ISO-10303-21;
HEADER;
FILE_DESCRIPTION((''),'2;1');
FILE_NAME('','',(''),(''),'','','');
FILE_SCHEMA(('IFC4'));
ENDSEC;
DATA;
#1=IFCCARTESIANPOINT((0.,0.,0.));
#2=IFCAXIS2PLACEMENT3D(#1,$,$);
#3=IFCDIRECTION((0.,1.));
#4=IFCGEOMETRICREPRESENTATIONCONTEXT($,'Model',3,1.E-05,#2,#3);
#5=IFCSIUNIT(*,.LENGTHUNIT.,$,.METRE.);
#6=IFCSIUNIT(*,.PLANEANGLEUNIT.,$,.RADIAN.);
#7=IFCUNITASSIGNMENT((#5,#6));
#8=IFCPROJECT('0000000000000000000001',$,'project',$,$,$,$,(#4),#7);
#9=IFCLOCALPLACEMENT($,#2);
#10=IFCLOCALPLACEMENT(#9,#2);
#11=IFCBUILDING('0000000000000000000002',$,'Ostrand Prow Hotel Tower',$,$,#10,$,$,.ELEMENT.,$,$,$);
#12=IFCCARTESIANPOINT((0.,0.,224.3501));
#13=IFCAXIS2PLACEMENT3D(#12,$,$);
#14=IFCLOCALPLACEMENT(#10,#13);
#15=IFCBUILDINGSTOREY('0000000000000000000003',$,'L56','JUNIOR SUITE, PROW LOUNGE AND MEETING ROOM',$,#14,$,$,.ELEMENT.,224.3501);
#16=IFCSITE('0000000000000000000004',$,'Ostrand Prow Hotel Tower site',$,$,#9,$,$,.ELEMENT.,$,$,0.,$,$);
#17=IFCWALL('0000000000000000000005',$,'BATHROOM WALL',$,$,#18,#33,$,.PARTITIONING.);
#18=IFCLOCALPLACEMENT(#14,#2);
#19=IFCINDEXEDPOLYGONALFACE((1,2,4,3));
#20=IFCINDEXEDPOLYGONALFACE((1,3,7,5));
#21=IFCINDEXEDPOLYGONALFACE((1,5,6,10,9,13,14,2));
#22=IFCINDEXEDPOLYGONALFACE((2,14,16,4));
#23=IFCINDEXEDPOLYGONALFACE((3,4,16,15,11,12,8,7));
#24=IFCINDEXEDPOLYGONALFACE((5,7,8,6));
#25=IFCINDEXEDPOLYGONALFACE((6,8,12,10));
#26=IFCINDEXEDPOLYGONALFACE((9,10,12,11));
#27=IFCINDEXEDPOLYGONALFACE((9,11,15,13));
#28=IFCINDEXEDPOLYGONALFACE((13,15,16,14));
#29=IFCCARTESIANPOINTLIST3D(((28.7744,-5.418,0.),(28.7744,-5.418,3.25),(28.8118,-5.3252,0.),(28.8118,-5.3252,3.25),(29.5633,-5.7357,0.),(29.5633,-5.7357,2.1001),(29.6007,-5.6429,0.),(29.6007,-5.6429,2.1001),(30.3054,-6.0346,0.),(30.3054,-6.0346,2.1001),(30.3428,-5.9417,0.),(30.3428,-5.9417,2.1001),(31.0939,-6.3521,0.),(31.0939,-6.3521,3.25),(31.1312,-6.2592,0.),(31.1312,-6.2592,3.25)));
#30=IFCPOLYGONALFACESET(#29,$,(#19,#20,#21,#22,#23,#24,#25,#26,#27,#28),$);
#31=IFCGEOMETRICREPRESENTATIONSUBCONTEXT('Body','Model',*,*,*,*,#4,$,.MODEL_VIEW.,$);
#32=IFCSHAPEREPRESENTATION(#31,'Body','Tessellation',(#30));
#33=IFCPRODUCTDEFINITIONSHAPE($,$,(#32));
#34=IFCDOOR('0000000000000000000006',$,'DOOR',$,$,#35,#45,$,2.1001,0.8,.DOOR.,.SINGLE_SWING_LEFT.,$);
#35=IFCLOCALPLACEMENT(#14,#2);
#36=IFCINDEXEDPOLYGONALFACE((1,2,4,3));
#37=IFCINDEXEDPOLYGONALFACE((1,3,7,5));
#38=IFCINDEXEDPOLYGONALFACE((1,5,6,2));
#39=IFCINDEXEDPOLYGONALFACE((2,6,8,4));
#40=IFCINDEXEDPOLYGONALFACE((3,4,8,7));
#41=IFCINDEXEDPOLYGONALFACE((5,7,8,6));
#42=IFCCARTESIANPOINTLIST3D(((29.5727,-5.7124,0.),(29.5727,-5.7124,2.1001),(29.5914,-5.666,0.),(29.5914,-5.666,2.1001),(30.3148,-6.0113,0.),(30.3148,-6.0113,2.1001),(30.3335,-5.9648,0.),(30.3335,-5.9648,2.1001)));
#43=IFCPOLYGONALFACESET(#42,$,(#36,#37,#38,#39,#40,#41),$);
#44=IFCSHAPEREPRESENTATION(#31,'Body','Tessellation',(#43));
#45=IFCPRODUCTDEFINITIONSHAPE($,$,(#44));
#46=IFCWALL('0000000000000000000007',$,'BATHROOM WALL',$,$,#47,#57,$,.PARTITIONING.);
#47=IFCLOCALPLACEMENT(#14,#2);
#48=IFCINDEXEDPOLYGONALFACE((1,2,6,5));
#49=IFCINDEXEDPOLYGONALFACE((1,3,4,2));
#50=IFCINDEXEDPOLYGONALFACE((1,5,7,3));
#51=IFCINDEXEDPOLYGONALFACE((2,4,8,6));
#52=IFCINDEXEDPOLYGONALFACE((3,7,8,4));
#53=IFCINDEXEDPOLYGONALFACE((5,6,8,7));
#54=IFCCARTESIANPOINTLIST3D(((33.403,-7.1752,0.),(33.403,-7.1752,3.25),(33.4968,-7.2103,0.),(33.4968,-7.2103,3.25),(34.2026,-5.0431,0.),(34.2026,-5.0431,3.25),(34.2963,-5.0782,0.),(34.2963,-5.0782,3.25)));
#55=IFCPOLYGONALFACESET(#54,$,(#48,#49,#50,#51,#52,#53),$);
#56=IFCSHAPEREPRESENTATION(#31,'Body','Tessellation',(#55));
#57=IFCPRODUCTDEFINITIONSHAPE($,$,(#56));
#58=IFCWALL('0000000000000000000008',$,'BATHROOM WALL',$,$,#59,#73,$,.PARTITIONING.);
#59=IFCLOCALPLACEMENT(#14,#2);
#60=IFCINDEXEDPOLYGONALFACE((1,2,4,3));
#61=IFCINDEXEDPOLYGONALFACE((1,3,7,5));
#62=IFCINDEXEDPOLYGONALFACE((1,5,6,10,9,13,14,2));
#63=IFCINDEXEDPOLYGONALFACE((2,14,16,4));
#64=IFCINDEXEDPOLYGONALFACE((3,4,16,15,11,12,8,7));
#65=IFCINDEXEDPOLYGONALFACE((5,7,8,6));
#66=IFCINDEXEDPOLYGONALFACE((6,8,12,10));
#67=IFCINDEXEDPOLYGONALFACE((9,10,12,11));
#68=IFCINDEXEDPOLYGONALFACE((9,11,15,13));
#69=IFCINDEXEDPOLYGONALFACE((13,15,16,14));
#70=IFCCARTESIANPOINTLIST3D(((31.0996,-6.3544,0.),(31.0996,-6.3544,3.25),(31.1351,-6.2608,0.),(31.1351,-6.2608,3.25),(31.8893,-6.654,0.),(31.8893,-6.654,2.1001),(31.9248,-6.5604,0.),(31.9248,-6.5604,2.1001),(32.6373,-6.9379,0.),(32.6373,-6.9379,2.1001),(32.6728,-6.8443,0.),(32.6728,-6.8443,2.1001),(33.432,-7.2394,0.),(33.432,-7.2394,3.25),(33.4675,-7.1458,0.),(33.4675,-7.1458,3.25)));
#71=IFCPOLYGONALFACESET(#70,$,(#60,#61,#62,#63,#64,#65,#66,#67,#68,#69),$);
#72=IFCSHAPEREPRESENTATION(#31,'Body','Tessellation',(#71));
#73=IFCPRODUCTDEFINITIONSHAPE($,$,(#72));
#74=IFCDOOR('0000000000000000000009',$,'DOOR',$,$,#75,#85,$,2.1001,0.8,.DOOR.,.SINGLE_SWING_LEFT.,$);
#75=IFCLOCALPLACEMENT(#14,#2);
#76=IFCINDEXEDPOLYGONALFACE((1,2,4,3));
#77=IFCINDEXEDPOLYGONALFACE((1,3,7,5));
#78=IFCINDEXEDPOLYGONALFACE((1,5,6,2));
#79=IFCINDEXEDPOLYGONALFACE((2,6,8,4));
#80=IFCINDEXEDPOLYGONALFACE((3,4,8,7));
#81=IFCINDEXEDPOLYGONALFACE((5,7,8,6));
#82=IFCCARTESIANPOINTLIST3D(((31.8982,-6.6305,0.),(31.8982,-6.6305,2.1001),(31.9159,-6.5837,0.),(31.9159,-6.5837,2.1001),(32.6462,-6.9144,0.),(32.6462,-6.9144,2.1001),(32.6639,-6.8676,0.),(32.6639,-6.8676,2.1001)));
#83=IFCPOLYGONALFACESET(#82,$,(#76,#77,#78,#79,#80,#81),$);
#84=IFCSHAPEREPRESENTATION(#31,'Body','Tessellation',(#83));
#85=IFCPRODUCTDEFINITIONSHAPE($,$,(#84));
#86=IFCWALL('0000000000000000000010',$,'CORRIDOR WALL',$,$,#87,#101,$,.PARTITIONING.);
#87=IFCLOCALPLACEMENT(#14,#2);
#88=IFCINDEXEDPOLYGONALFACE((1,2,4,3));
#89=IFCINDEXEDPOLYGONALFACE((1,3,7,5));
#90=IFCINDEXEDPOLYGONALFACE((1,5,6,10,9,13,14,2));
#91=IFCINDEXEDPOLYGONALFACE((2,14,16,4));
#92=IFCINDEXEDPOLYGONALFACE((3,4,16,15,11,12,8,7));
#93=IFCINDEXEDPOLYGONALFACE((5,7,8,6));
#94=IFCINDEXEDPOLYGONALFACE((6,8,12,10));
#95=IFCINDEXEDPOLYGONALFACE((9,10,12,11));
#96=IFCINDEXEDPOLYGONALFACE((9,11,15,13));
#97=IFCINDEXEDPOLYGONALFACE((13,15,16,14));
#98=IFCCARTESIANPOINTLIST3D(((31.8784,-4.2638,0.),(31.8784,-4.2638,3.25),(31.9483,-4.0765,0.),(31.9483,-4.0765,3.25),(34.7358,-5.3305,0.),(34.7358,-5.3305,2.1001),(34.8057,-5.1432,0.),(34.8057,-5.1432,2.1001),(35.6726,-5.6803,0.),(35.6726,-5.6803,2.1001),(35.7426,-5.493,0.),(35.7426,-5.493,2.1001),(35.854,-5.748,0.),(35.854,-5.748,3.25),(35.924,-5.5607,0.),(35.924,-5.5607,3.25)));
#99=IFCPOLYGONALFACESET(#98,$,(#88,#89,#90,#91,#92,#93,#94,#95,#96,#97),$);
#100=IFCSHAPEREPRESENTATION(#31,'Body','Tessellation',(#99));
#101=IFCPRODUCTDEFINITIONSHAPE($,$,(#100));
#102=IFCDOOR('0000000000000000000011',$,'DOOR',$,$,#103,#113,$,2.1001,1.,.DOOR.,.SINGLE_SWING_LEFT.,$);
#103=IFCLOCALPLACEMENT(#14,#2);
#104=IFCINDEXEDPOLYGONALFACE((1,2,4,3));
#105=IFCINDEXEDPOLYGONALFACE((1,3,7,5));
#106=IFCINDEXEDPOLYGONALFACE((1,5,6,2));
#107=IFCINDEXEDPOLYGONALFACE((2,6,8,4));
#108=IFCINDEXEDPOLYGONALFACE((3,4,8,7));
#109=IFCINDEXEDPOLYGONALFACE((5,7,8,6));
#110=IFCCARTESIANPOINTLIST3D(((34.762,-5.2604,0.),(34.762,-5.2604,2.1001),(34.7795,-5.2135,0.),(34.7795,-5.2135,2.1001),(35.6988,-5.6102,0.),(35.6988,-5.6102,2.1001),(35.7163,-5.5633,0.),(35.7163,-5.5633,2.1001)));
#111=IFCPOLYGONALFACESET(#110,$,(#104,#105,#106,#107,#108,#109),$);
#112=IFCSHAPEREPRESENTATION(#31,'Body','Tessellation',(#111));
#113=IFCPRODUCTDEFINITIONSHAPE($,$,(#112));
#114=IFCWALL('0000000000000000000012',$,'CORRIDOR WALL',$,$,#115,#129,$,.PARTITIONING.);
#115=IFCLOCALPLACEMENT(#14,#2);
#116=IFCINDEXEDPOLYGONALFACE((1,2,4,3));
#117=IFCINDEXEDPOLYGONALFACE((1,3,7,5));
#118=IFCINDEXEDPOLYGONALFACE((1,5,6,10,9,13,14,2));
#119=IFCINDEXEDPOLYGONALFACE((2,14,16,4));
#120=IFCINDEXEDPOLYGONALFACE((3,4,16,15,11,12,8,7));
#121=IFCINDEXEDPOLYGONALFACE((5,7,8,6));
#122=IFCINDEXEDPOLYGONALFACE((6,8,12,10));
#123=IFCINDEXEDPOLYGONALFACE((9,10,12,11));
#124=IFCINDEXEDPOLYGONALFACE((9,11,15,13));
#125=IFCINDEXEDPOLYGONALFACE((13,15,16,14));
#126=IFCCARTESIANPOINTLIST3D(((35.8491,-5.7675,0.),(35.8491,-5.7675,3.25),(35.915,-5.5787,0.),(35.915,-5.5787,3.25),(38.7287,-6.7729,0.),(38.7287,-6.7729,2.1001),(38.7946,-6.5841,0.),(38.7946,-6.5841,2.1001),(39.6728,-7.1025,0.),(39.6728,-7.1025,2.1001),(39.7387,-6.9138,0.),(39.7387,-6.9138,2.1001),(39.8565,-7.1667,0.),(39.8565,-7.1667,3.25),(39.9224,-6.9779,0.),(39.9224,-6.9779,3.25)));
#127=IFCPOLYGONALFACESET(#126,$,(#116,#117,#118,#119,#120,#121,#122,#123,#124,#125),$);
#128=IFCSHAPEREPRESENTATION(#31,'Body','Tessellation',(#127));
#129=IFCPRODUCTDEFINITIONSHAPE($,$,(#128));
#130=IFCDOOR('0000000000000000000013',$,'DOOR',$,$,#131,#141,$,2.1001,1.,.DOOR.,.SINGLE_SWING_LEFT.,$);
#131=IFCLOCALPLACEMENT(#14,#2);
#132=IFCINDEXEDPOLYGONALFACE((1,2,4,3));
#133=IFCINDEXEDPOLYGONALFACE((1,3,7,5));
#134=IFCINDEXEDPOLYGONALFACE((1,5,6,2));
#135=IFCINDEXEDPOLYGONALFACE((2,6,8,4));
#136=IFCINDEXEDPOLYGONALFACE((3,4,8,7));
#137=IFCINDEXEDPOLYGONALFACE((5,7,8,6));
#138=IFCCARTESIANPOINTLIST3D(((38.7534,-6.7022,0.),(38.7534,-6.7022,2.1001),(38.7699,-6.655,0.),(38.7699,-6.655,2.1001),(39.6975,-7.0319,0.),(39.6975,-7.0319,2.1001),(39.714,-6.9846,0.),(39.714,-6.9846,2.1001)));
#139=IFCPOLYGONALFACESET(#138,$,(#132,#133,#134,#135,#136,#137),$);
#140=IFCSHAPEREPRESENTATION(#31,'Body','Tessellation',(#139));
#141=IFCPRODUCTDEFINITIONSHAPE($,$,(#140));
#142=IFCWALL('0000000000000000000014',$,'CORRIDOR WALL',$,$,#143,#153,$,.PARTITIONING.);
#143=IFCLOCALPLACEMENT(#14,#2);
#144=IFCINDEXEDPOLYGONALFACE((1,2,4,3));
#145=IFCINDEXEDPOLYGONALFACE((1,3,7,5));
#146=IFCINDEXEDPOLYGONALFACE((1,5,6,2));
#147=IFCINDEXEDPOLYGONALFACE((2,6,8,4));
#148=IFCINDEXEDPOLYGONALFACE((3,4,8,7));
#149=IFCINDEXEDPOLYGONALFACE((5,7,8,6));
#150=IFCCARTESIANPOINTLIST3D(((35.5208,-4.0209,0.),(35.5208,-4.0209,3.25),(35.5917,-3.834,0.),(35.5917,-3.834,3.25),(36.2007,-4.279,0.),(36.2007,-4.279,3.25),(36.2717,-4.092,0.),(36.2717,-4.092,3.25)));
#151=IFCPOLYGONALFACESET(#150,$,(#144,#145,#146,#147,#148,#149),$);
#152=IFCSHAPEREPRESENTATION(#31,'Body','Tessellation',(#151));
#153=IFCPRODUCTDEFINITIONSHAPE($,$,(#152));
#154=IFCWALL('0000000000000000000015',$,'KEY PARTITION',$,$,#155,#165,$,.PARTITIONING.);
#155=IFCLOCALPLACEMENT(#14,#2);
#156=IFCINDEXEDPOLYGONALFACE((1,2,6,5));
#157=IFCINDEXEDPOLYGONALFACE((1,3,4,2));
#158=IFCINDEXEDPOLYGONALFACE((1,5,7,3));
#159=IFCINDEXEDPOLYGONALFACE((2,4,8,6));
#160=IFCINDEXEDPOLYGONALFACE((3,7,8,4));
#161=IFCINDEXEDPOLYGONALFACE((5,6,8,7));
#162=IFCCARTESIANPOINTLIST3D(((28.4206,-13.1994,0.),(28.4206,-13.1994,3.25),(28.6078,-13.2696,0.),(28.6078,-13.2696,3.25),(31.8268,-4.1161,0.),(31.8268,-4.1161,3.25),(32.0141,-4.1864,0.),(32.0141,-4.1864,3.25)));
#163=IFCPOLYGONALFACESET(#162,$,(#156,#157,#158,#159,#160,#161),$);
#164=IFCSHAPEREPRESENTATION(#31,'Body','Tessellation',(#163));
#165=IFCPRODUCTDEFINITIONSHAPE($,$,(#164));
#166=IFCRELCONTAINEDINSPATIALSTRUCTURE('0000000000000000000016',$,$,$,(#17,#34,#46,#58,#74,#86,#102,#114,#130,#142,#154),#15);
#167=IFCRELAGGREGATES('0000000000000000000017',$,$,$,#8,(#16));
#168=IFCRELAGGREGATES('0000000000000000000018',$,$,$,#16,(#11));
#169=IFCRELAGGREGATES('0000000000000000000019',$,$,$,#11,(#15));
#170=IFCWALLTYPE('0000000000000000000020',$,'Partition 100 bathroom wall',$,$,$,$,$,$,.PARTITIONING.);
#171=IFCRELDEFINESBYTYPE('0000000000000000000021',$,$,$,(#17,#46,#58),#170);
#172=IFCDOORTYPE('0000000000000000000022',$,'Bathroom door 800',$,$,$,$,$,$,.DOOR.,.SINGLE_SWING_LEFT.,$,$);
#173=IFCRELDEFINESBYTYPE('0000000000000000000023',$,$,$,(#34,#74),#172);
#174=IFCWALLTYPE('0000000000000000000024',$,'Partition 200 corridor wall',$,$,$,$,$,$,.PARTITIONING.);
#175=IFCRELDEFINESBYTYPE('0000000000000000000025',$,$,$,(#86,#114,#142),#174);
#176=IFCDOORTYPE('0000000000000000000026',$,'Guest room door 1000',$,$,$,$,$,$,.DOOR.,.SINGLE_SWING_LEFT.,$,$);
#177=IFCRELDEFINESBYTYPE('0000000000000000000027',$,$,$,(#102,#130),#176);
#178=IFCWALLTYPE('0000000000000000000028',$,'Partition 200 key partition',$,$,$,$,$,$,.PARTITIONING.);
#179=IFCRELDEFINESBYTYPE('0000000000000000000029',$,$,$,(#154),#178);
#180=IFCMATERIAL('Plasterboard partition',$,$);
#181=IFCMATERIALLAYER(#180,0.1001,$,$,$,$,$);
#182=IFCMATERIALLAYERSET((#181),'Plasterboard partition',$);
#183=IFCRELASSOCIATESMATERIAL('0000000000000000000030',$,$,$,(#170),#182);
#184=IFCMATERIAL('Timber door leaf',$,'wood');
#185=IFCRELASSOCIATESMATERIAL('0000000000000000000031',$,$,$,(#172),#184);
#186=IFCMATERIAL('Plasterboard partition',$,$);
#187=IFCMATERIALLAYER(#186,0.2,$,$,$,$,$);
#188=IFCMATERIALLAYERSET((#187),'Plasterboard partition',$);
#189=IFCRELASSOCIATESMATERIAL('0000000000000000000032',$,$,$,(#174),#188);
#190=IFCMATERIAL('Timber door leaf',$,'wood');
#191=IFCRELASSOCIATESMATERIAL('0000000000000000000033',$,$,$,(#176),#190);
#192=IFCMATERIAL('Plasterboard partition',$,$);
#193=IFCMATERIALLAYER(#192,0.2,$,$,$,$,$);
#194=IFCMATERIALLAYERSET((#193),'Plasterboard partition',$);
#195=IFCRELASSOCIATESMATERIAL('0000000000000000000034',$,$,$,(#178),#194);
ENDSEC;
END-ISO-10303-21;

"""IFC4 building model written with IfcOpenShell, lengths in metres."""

from ifc_helpers import new_model, si_unit, direction, frame, frame_2d, origin, place, context, subcontext, project, spatial, rectangle, extrude, material, layer, layer_set, type_object, element, fill, save


model = new_model("IFC4")

# Units and contexts
model_context = context("Model", 3, precision=1e-05, world=origin(), true_north=direction((0.0, 1.0)))
body_context = subcontext(model_context, "Body", "Model", "MODEL_VIEW")
ifc_project = project(units=[si_unit("LENGTHUNIT", "METRE"), si_unit("PLANEANGLEUNIT", "RADIAN")], contexts=[model_context])

# Site, building, storey
site_placement = place(None, origin())
site = spatial("IfcSite", under=ifc_project, at=site_placement, Name="Ostrand Prow Hotel Tower site", CompositionType="ELEMENT", RefElevation=0.0)
building_placement = place(site_placement, origin())
building = spatial("IfcBuilding", under=site, at=building_placement, Name="Ostrand Prow Hotel Tower", CompositionType="ELEMENT")
storey_placement = place(building_placement, frame((0.0, 0.0, 224.3501)))
storey = spatial("IfcBuildingStorey", under=building, at=storey_placement, Name="L56", Description="JUNIOR SUITE, PROW LOUNGE AND MEETING ROOM", CompositionType="ELEMENT", Elevation=224.3501)

# Shared definitions
ifc_material_1 = material(Name="Plasterboard partition")
ifc_layer_1 = layer(ifc_material_1, 0.1001)
ifc_layer_set_1 = layer_set([ifc_layer_1], Name="Plasterboard partition")
wall_type_1 = type_object("IfcWallType", Name="Partition 100 bathroom wall", PredefinedType="PARTITIONING", material=ifc_layer_set_1)

# Wall, opening, door
wall_1_placement = place(storey_placement, frame((31.1125, -6.3057, 0.0), z_axis=(0.0, 0.0, 1.0), x_axis=(-0.927612, 0.373544, 0.0)))
wall_1 = element("IfcWall", 1, at=wall_1_placement, inside=storey, type_object=wall_type_1, Name="BATHROOM WALL", PredefinedType="PARTITIONING", context=body_context, shape_type="SweptSolid", body=[
    extrude(rectangle(XDim=2.5005, YDim=0.1001, at=frame_2d((1.2502, 0.0))), origin(), (0.0, 0.0, 1.0), 3.25),
])
opening_1_placement = place(wall_1_placement, frame((0.8501, 0.0, 0.0)))
opening_1 = element("IfcOpeningElement", 2, at=opening_1_placement, cuts=wall_1, PredefinedType="OPENING", context=body_context, shape_type="SweptSolid", body=[
    extrude(rectangle(XDim=0.8, YDim=2.1001, at=frame_2d((0.3999, 1.05))), frame((0.0, 0.0601, 0.0), z_axis=(0.0, -1.0, 0.0), x_axis=(1.0, 0.0, 0.0)), (0.0, 0.0, 1.0), 0.1201),
])
ifc_material_2 = material(Name="Timber door leaf", Category="wood")
door_type_1 = type_object("IfcDoorType", Name="Bathroom door 800", OperationType="SINGLE_SWING_LEFT", PredefinedType="DOOR", material=ifc_material_2)
door_1_placement = place(opening_1_placement, origin())
door_1 = element("IfcDoor", 3, at=door_1_placement, inside=storey, type_object=door_type_1, Name="DOOR", OperationType="SINGLE_SWING_LEFT", OverallHeight=2.1001, OverallWidth=0.8, PredefinedType="DOOR", context=body_context, shape_type="SweptSolid", body=[
    extrude(rectangle(XDim=0.8, YDim=2.1001, at=frame_2d((0.3999, 1.05))), frame((0.0, 0.0249, 0.0), z_axis=(0.0, -1.0, 0.0), x_axis=(1.0, 0.0, 0.0)), (0.0, 0.0, 1.0), 0.05),
])
fill(opening_1, door_1)

# Wall
wall_2_placement = place(storey_placement, frame((34.2495, -5.0605, 0.0), z_axis=(0.0, 0.0, 1.0), x_axis=(-0.351135, -0.936325, 0.0)))
element("IfcWall", 4, at=wall_2_placement, inside=storey, type_object=wall_type_1, Name="BATHROOM WALL", PredefinedType="PARTITIONING", context=body_context, shape_type="SweptSolid", body=[
    extrude(rectangle(XDim=2.2771, YDim=0.1001, at=frame_2d((1.1387, 0.0))), origin(), (0.0, 0.0, 1.0), 3.25),
])

# Walls, openings, doors
wall_3_placement = place(storey_placement, frame((33.4497, -7.1926, 0.0), z_axis=(0.0, 0.0, 1.0), x_axis=(-0.934951, 0.354778, 0.0)))
wall_3 = element("IfcWall", 5, at=wall_3_placement, inside=storey, type_object=wall_type_1, Name="BATHROOM WALL", PredefinedType="PARTITIONING", context=body_context, shape_type="SweptSolid", body=[
    extrude(rectangle(XDim=2.4946, YDim=0.1001, at=frame_2d((1.2473, 0.0))), origin(), (0.0, 0.0, 1.0), 3.25),
])
opening_2_placement = place(wall_3_placement, frame((0.8501, 0.0, 0.0)))
opening_2 = element("IfcOpeningElement", 6, at=opening_2_placement, cuts=wall_3, PredefinedType="OPENING", context=body_context, shape_type="SweptSolid", body=[
    extrude(rectangle(XDim=0.8, YDim=2.1001, at=frame_2d((0.3999, 1.05))), frame((0.0, 0.0601, 0.0), z_axis=(0.0, -1.0, 0.0), x_axis=(1.0, 0.0, 0.0)), (0.0, 0.0, 1.0), 0.1201),
])
door_2_placement = place(opening_2_placement, origin())
door_2 = element("IfcDoor", 7, at=door_2_placement, inside=storey, type_object=door_type_1, Name="DOOR", OperationType="SINGLE_SWING_LEFT", OverallHeight=2.1001, OverallWidth=0.8, PredefinedType="DOOR", context=body_context, shape_type="SweptSolid", body=[
    extrude(rectangle(XDim=0.8, YDim=2.1001, at=frame_2d((0.3999, 1.05))), frame((0.0, 0.0249, 0.0), z_axis=(0.0, -1.0, 0.0), x_axis=(1.0, 0.0, 0.0)), (0.0, 0.0, 1.0), 0.05),
])
fill(opening_2, door_2)
ifc_material_3 = material(Name="Plasterboard partition")
ifc_layer_2 = layer(ifc_material_3, 0.2)
ifc_layer_set_2 = layer_set([ifc_layer_2], Name="Plasterboard partition")
wall_type_2 = type_object("IfcWallType", Name="Partition 200 corridor wall", PredefinedType="PARTITIONING", material=ifc_layer_set_2)
wall_4_placement = place(storey_placement, frame((31.9133, -4.1702, 0.0), z_axis=(0.0, 0.0, 1.0), x_axis=(0.936848, -0.349736, 0.0)))
wall_4 = element("IfcWall", 8, at=wall_4_placement, inside=storey, type_object=wall_type_2, Name="CORRIDOR WALL", PredefinedType="PARTITIONING", context=body_context, shape_type="SweptSolid", body=[
    extrude(rectangle(XDim=4.2437, YDim=0.2, at=frame_2d((2.1218, 0.0))), origin(), (0.0, 0.0, 1.0), 3.25),
])
opening_3_placement = place(wall_4_placement, frame((3.05, 0.0, 0.0)))
opening_3 = element("IfcOpeningElement", 9, at=opening_3_placement, cuts=wall_4, PredefinedType="OPENING", context=body_context, shape_type="SweptSolid", body=[
    extrude(rectangle(XDim=1.0, YDim=2.1001, at=frame_2d((0.5, 1.05))), frame((0.0, 0.1099, 0.0), z_axis=(0.0, -1.0, 0.0), x_axis=(1.0, 0.0, 0.0)), (0.0, 0.0, 1.0), 0.22),
])
ifc_material_4 = material(Name="Timber door leaf", Category="wood")
door_type_2 = type_object("IfcDoorType", Name="Guest room door 1000", OperationType="SINGLE_SWING_LEFT", PredefinedType="DOOR", material=ifc_material_4)
door_3_placement = place(opening_3_placement, origin())
door_3 = element("IfcDoor", 10, at=door_3_placement, inside=storey, type_object=door_type_2, Name="DOOR", OperationType="SINGLE_SWING_LEFT", OverallHeight=2.1001, OverallWidth=1.0, PredefinedType="DOOR", context=body_context, shape_type="SweptSolid", body=[
    extrude(rectangle(XDim=1.0, YDim=2.1001, at=frame_2d((0.5, 1.05))), frame((0.0, 0.0249, 0.0), z_axis=(0.0, -1.0, 0.0), x_axis=(1.0, 0.0, 0.0)), (0.0, 0.0, 1.0), 0.05),
])
fill(opening_3, door_3)
wall_5_placement = place(storey_placement, frame((35.8821, -5.6731, 0.0), z_axis=(0.0, 0.0, 1.0), x_axis=(0.944107, -0.329638, 0.0)))
wall_5 = element("IfcWall", 11, at=wall_5_placement, inside=storey, type_object=wall_type_2, Name="CORRIDOR WALL", PredefinedType="PARTITIONING", context=body_context, shape_type="SweptSolid", body=[
    extrude(rectangle(XDim=4.2446, YDim=0.2, at=frame_2d((2.1223, 0.0))), origin(), (0.0, 0.0, 1.0), 3.25),
])
opening_4_placement = place(wall_5_placement, frame((3.05, 0.0, 0.0)))
opening_4 = element("IfcOpeningElement", 12, at=opening_4_placement, cuts=wall_5, PredefinedType="OPENING", context=body_context, shape_type="SweptSolid", body=[
    extrude(rectangle(XDim=1.0, YDim=2.1001, at=frame_2d((0.5, 1.05))), frame((0.0, 0.1099, 0.0), z_axis=(0.0, -1.0, 0.0), x_axis=(1.0, 0.0, 0.0)), (0.0, 0.0, 1.0), 0.22),
])
door_4_placement = place(opening_4_placement, origin())
door_4 = element("IfcDoor", 13, at=door_4_placement, inside=storey, type_object=door_type_2, Name="DOOR", OperationType="SINGLE_SWING_LEFT", OverallHeight=2.1001, OverallWidth=1.0, PredefinedType="DOOR", context=body_context, shape_type="SweptSolid", body=[
    extrude(rectangle(XDim=1.0, YDim=2.1001, at=frame_2d((0.5, 1.05))), frame((0.0, 0.0249, 0.0), z_axis=(0.0, -1.0, 0.0), x_axis=(1.0, 0.0, 0.0)), (0.0, 0.0, 1.0), 0.05),
])
fill(opening_4, door_4)

# Walls
wall_6_placement = place(storey_placement, frame((36.2363, -4.1855, 0.0), z_axis=(0.0, 0.0, 1.0), x_axis=(-0.934928, 0.354836, 0.0)))
element("IfcWall", 14, at=wall_6_placement, inside=storey, type_object=wall_type_2, Name="CORRIDOR WALL", PredefinedType="PARTITIONING", context=body_context, shape_type="SweptSolid", body=[
    extrude(rectangle(XDim=0.7273, YDim=0.2, at=frame_2d((0.3638, 0.0))), origin(), (0.0, 0.0, 1.0), 3.25),
])
ifc_material_5 = material(Name="Plasterboard partition")
ifc_layer_3 = layer(ifc_material_5, 0.2)
ifc_layer_set_3 = layer_set([ifc_layer_3], Name="Plasterboard partition")
wall_type_3 = type_object("IfcWallType", Name="Partition 200 key partition", PredefinedType="PARTITIONING", material=ifc_layer_set_3)
wall_7_placement = place(storey_placement, frame((28.5142, -13.2346, 0.0), z_axis=(0.0, 0.0, 1.0), x_axis=(0.351126, 0.936328, 0.0)))
element("IfcWall", 15, at=wall_7_placement, inside=storey, type_object=wall_type_3, Name="KEY PARTITION", PredefinedType="PARTITIONING", context=body_context, shape_type="SweptSolid", body=[
    extrude(rectangle(XDim=9.7009, YDim=0.2, at=frame_2d((4.8506, 0.0))), origin(), (0.0, 0.0, 1.0), 3.25),
])

save(model, "model.ifc")
